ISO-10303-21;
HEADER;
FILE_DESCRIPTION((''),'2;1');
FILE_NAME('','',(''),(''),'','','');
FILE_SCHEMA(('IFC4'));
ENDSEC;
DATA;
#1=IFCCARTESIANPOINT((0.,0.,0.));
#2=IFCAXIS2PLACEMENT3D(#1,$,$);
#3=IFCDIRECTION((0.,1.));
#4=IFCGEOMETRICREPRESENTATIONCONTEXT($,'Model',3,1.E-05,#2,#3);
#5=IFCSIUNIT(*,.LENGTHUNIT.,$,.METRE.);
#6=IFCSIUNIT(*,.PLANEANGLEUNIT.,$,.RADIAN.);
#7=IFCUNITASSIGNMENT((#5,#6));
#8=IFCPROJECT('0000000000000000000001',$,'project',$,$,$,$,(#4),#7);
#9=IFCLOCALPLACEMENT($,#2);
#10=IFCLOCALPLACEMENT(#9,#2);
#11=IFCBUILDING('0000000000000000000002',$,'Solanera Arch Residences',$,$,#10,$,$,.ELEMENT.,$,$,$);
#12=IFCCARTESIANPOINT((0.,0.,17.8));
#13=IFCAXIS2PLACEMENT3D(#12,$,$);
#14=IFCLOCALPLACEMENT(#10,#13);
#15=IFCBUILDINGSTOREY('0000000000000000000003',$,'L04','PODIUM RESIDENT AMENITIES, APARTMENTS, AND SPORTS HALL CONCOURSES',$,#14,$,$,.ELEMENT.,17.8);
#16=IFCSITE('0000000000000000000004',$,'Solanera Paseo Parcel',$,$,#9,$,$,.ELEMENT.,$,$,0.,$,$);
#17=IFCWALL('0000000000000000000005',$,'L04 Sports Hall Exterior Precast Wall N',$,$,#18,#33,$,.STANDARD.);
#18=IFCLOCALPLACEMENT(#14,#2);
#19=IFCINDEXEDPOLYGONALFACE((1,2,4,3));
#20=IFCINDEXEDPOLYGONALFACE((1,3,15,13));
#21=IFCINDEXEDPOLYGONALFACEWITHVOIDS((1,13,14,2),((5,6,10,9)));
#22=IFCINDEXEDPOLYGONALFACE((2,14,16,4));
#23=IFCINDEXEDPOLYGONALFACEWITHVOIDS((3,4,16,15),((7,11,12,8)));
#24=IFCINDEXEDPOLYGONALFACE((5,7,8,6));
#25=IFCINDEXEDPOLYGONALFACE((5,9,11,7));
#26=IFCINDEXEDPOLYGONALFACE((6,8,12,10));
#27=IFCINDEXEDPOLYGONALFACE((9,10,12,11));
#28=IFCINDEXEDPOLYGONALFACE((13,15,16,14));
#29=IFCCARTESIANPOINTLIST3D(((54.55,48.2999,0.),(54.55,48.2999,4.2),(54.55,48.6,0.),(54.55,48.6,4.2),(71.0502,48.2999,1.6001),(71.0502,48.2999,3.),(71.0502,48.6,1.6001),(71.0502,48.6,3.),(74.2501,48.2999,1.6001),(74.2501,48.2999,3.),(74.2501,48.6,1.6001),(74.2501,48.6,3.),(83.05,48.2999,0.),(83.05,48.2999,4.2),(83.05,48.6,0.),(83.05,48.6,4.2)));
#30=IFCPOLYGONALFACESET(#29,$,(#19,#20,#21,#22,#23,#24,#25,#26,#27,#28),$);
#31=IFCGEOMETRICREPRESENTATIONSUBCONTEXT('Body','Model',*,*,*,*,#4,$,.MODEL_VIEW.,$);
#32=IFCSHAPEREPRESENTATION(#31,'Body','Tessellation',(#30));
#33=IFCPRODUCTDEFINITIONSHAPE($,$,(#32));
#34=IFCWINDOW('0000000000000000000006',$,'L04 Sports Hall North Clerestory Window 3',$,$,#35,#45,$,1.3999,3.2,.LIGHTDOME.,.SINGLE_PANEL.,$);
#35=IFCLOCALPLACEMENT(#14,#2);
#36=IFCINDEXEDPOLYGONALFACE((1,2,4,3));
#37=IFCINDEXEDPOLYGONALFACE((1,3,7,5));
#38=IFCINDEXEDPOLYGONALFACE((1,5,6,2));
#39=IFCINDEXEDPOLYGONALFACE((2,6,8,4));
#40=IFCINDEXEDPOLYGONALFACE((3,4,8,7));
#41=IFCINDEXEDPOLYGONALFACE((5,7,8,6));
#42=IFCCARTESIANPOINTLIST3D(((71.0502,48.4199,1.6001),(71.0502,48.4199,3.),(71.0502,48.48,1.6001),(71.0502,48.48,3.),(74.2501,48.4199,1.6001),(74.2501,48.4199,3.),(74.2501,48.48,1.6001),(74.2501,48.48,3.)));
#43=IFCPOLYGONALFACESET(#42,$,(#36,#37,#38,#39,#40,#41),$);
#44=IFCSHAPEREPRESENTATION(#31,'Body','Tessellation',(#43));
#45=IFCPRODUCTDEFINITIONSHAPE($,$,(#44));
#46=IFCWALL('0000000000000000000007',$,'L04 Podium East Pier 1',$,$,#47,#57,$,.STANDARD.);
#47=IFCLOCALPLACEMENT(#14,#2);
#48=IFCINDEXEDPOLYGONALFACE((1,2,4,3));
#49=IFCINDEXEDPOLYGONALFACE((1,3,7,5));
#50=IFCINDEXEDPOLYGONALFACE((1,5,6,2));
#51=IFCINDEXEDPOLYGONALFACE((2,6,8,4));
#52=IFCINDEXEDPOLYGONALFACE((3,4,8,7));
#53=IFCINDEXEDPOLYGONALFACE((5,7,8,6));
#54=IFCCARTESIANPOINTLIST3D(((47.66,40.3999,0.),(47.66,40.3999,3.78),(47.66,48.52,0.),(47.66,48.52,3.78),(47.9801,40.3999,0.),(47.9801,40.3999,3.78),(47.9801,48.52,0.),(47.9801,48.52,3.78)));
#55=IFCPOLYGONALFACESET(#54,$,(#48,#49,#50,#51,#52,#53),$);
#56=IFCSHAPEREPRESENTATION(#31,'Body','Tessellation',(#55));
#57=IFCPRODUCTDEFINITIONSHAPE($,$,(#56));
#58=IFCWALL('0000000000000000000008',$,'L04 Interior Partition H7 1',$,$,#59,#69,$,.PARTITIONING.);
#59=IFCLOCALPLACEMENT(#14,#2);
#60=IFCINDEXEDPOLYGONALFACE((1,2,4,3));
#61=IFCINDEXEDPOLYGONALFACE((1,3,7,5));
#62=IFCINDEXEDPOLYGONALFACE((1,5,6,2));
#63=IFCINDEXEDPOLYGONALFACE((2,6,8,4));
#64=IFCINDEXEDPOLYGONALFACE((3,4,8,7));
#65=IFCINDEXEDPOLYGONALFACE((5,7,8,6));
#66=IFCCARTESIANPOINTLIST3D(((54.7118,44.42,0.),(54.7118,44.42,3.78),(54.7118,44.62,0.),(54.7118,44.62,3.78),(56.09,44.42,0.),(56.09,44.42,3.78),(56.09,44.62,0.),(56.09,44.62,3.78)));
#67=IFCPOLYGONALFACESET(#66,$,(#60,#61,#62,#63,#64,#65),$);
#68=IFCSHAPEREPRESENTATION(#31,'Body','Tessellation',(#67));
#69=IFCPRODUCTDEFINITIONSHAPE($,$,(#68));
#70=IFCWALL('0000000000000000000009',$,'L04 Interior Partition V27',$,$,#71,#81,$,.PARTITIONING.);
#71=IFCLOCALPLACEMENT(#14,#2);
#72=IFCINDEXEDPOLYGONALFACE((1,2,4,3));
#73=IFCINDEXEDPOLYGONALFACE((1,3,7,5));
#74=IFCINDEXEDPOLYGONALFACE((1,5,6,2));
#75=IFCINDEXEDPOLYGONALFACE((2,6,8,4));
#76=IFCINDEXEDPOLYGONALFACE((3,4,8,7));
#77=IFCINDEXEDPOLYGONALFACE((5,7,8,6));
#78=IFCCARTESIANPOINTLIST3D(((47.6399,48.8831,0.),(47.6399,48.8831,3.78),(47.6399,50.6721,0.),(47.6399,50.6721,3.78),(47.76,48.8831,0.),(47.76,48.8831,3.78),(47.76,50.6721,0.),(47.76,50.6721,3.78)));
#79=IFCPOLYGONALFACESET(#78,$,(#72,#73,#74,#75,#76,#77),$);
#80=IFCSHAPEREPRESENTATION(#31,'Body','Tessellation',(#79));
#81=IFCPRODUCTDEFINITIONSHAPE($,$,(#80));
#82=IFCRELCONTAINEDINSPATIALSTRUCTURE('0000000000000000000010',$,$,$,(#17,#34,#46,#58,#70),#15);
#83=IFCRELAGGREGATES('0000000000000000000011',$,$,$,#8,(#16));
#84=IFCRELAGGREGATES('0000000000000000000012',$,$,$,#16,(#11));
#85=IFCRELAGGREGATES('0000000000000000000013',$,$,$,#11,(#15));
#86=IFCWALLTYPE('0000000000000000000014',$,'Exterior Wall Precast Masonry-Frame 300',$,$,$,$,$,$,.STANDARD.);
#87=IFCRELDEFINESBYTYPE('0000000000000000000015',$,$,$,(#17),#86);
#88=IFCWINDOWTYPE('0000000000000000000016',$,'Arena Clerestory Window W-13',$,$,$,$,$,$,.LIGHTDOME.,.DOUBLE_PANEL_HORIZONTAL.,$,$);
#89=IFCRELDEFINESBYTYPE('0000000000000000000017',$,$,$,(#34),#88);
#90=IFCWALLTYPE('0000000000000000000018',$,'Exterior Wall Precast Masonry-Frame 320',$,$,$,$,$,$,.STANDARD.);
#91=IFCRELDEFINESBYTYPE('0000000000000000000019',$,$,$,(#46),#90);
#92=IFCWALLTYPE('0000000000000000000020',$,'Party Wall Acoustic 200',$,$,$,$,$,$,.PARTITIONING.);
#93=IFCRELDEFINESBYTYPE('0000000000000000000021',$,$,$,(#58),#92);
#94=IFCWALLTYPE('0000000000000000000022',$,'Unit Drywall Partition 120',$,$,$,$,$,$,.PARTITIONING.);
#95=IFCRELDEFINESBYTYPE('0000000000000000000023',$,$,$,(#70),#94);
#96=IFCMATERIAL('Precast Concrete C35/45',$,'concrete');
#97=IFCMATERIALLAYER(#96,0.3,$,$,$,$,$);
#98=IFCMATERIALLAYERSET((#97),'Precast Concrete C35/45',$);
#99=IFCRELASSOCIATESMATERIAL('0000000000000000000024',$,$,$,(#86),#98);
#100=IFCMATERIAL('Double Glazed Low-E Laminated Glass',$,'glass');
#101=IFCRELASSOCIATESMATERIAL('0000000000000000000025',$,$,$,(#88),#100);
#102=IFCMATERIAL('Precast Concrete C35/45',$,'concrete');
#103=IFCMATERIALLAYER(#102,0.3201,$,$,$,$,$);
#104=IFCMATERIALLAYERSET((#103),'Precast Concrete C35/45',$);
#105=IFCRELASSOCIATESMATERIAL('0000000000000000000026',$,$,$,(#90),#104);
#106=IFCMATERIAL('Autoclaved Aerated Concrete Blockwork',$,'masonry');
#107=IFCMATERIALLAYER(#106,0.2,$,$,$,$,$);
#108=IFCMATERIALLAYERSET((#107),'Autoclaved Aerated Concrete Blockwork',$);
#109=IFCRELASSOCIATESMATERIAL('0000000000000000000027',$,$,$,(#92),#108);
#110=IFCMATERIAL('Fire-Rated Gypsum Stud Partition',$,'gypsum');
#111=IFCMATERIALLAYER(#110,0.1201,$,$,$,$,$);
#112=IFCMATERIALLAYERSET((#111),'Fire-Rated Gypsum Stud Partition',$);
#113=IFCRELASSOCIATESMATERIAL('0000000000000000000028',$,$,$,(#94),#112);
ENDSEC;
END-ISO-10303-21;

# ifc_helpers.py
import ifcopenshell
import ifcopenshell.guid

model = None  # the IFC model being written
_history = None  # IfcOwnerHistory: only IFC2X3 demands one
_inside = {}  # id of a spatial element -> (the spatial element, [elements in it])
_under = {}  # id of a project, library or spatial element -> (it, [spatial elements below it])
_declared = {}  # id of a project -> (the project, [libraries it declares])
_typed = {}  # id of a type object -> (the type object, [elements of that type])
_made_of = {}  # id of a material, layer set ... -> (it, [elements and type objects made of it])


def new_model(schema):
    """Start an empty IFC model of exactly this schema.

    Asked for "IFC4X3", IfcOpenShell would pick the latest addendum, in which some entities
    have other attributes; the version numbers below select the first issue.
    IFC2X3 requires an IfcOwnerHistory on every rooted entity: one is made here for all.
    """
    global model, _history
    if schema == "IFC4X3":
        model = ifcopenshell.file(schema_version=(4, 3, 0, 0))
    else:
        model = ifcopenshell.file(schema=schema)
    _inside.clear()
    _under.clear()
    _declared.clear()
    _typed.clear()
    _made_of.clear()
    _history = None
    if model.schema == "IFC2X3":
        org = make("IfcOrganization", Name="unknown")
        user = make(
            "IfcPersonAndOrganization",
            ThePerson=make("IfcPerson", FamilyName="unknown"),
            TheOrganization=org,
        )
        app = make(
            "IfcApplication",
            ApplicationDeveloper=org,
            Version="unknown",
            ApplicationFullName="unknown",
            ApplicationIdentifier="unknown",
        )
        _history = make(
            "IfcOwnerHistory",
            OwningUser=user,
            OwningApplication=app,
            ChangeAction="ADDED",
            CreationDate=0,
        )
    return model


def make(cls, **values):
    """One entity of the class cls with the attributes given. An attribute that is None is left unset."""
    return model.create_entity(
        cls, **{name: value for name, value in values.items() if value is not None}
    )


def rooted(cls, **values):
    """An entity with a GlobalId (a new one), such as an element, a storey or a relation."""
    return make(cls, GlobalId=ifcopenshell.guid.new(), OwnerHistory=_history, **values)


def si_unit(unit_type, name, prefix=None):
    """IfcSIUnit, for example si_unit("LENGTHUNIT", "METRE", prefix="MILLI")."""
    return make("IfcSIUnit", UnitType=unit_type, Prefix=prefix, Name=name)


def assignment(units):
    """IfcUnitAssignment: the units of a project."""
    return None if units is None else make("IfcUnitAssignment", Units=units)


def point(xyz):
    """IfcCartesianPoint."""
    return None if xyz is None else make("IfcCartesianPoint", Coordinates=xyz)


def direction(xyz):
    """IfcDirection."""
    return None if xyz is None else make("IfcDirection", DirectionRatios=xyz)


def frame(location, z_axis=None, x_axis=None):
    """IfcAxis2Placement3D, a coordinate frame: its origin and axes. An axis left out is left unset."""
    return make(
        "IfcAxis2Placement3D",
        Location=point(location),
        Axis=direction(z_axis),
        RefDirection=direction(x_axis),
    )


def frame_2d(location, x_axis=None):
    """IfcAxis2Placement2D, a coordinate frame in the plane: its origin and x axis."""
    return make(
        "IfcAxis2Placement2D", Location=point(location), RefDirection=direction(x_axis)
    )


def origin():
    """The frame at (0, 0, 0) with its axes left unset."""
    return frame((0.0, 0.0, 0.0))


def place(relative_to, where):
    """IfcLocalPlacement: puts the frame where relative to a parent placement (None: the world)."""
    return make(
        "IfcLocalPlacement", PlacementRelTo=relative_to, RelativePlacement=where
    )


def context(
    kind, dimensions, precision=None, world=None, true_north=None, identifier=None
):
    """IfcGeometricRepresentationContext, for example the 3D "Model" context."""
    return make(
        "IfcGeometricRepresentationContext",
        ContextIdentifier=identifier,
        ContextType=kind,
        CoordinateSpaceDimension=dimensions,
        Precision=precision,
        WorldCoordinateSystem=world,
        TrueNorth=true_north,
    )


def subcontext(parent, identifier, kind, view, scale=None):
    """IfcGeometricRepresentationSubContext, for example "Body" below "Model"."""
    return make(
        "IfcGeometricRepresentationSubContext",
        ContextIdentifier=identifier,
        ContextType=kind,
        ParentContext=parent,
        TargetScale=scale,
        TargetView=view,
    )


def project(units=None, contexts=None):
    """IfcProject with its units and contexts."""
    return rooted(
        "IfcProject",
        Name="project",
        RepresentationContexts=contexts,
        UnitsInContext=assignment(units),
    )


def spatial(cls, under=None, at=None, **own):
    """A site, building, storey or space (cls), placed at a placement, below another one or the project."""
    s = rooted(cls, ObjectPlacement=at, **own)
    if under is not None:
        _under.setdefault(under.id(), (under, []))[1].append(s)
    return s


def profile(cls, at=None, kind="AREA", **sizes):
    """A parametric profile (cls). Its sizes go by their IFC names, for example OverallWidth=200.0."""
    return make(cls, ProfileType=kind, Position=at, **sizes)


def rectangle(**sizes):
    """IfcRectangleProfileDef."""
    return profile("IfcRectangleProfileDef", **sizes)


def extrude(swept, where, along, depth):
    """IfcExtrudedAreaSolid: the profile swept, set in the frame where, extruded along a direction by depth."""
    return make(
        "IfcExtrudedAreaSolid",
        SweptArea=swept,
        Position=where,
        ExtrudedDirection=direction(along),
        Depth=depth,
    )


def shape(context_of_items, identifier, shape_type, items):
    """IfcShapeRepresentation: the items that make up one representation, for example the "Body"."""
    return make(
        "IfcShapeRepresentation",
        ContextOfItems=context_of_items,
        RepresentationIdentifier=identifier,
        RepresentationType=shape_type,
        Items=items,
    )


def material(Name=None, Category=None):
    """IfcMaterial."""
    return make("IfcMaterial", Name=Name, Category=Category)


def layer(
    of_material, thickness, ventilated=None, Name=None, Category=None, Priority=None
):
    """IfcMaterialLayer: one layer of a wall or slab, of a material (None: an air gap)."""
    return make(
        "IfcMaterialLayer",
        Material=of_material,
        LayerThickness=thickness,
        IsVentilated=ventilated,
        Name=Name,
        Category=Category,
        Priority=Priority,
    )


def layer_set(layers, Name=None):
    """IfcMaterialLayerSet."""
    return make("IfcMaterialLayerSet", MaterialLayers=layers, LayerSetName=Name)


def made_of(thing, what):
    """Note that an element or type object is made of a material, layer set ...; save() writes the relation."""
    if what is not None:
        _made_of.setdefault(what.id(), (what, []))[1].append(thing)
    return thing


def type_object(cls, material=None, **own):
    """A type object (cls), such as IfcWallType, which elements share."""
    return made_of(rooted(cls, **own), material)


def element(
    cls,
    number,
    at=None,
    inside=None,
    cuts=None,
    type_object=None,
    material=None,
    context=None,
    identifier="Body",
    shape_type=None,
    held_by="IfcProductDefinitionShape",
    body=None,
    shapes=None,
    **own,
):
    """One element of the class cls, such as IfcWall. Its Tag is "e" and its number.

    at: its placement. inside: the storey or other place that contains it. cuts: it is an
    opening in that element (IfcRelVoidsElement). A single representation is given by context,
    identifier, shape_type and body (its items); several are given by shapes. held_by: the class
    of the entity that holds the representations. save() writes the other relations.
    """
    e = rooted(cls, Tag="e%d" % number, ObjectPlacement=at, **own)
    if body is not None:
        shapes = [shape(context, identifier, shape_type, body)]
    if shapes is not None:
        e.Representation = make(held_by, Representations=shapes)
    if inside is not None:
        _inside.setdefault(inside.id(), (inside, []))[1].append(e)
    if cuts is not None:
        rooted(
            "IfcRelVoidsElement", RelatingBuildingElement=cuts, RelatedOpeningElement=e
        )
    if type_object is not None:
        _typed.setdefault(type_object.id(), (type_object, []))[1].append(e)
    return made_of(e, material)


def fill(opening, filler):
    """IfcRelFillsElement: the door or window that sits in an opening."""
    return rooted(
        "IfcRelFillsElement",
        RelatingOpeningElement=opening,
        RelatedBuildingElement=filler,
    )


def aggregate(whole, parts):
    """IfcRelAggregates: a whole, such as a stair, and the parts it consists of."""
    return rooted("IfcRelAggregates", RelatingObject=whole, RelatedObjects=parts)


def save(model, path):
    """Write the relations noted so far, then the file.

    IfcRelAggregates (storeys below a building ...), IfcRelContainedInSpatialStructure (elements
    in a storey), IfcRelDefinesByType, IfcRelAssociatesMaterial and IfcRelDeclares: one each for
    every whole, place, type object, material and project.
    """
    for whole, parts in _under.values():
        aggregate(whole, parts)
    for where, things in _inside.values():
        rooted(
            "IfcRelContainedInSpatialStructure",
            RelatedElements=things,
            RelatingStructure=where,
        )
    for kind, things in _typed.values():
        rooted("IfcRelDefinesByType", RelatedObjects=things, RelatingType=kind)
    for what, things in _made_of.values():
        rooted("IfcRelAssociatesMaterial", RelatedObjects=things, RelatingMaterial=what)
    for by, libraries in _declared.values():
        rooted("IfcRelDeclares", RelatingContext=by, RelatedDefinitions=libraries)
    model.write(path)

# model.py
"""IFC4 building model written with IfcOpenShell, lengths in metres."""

from ifc_helpers import new_model, si_unit, direction, frame, frame_2d, origin, place, context, subcontext, project, spatial, rectangle, extrude, material, layer, layer_set, type_object, element, fill, save


model = new_model("IFC4")

# Units and contexts
model_context = context("Model", 3, precision=1e-05, world=origin(), true_north=direction((0.0, 1.0)))
body_context = subcontext(model_context, "Body", "Model", "MODEL_VIEW")
ifc_project = project(units=[si_unit("LENGTHUNIT", "METRE"), si_unit("PLANEANGLEUNIT", "RADIAN")], contexts=[model_context])

# Site, building, storey
site_placement = place(None, origin())
site = spatial("IfcSite", under=ifc_project, at=site_placement, Name="Solanera Paseo Parcel", CompositionType="ELEMENT", RefElevation=0.0)
building_placement = place(site_placement, origin())
building = spatial("IfcBuilding", under=site, at=building_placement, Name="Solanera Arch Residences", CompositionType="ELEMENT")
storey_placement = place(building_placement, frame((0.0, 0.0, 17.8)))
storey = spatial("IfcBuildingStorey", under=building, at=storey_placement, Name="L04", Description="PODIUM RESIDENT AMENITIES, APARTMENTS, AND SPORTS HALL CONCOURSES", CompositionType="ELEMENT", Elevation=17.8)

# Wall, opening, window
ifc_material_1 = material(Name="Precast Concrete C35/45", Category="concrete")
ifc_layer_1 = layer(ifc_material_1, 0.3)
ifc_layer_set_1 = layer_set([ifc_layer_1], Name="Precast Concrete C35/45")
wall_type_1 = type_object("IfcWallType", Name="Exterior Wall Precast Masonry-Frame 300", PredefinedType="STANDARD", material=ifc_layer_set_1)
wall_1_placement = place(storey_placement, frame((54.55, 48.45, 0.0), z_axis=(0.0, 0.0, 1.0), x_axis=(1.0, 0.0, 0.0)))
wall_1 = element("IfcWall", 1, at=wall_1_placement, inside=storey, type_object=wall_type_1, Name="L04 Sports Hall Exterior Precast Wall N", PredefinedType="STANDARD", context=body_context, shape_type="SweptSolid", body=[
    extrude(rectangle(XDim=28.5, YDim=0.3, at=frame_2d((14.25, 0.0))), origin(), (0.0, 0.0, 1.0), 4.2),
])
opening_placement = place(wall_1_placement, frame((16.5, 0.0, 1.6001)))
opening = element("IfcOpeningElement", 2, at=opening_placement, cuts=wall_1, PredefinedType="OPENING", context=body_context, shape_type="SweptSolid", body=[
    extrude(rectangle(XDim=3.2, YDim=1.3999, at=frame_2d((1.6001, 0.7))), frame((0.0, 0.1599, 0.0), z_axis=(0.0, -1.0, 0.0), x_axis=(1.0, 0.0, 0.0)), (0.0, 0.0, 1.0), 0.32),
])
ifc_material_2 = material(Name="Double Glazed Low-E Laminated Glass", Category="glass")
window_type = type_object("IfcWindowType", Name="Arena Clerestory Window W-13", PartitioningType="DOUBLE_PANEL_HORIZONTAL", PredefinedType="LIGHTDOME", material=ifc_material_2)
window_placement = place(opening_placement, origin())
window = element("IfcWindow", 3, at=window_placement, inside=storey, type_object=window_type, Name="L04 Sports Hall North Clerestory Window 3", OverallHeight=1.3999, OverallWidth=3.2, PartitioningType="SINGLE_PANEL", PredefinedType="LIGHTDOME", context=body_context, shape_type="SweptSolid", body=[
    extrude(rectangle(XDim=3.2, YDim=1.3999, at=frame_2d((1.6001, 0.7))), frame((0.0, 0.03, 0.0), z_axis=(0.0, -1.0, 0.0), x_axis=(1.0, 0.0, 0.0)), (0.0, 0.0, 1.0), 0.0601),
])
fill(opening, window)

# Walls
ifc_material_3 = material(Name="Precast Concrete C35/45", Category="concrete")
ifc_layer_2 = layer(ifc_material_3, 0.3201)
ifc_layer_set_2 = layer_set([ifc_layer_2], Name="Precast Concrete C35/45")
wall_type_2 = type_object("IfcWallType", Name="Exterior Wall Precast Masonry-Frame 320", PredefinedType="STANDARD", material=ifc_layer_set_2)
wall_2_placement = place(storey_placement, frame((47.8201, 48.52, 0.0), z_axis=(0.0, 0.0, 1.0), x_axis=(0.0, -1.0, 0.0)))
element("IfcWall", 4, at=wall_2_placement, inside=storey, type_object=wall_type_2, Name="L04 Podium East Pier 1", PredefinedType="STANDARD", context=body_context, shape_type="SweptSolid", body=[
    extrude(rectangle(XDim=8.1201, YDim=0.3201, at=frame_2d((4.0601, 0.0))), origin(), (0.0, 0.0, 1.0), 3.78),
])
ifc_material_4 = material(Name="Autoclaved Aerated Concrete Blockwork", Category="masonry")
ifc_layer_3 = layer(ifc_material_4, 0.2)
ifc_layer_set_3 = layer_set([ifc_layer_3], Name="Autoclaved Aerated Concrete Blockwork")
wall_type_3 = type_object("IfcWallType", Name="Party Wall Acoustic 200", PredefinedType="PARTITIONING", material=ifc_layer_set_3)
wall_3_placement = place(storey_placement, frame((54.7119, 44.52, 0.0), z_axis=(0.0, 0.0, 1.0), x_axis=(1.0, 0.0, 0.0)))
element("IfcWall", 5, at=wall_3_placement, inside=storey, type_object=wall_type_3, Name="L04 Interior Partition H7 1", PredefinedType="PARTITIONING", context=body_context, shape_type="SweptSolid", body=[
    extrude(rectangle(XDim=1.3782, YDim=0.2, at=frame_2d((0.689, 0.0))), origin(), (0.0, 0.0, 1.0), 3.78),
])
ifc_material_5 = material(Name="Fire-Rated Gypsum Stud Partition", Category="gypsum")
ifc_layer_4 = layer(ifc_material_5, 0.1201)
ifc_layer_set_4 = layer_set([ifc_layer_4], Name="Fire-Rated Gypsum Stud Partition")
wall_type_4 = type_object("IfcWallType", Name="Unit Drywall Partition 120", PredefinedType="PARTITIONING", material=ifc_layer_set_4)
wall_4_placement = place(storey_placement, frame((47.7, 48.8831, 0.0), z_axis=(0.0, 0.0, 1.0), x_axis=(0.0, 1.0, 0.0)))
element("IfcWall", 6, at=wall_4_placement, inside=storey, type_object=wall_type_4, Name="L04 Interior Partition V27", PredefinedType="PARTITIONING", context=body_context, shape_type="SweptSolid", body=[
    extrude(rectangle(XDim=1.7891, YDim=0.1201, at=frame_2d((0.8945, 0.0))), origin(), (0.0, 0.0, 1.0), 3.78),
])

save(model, "model.ifc")
